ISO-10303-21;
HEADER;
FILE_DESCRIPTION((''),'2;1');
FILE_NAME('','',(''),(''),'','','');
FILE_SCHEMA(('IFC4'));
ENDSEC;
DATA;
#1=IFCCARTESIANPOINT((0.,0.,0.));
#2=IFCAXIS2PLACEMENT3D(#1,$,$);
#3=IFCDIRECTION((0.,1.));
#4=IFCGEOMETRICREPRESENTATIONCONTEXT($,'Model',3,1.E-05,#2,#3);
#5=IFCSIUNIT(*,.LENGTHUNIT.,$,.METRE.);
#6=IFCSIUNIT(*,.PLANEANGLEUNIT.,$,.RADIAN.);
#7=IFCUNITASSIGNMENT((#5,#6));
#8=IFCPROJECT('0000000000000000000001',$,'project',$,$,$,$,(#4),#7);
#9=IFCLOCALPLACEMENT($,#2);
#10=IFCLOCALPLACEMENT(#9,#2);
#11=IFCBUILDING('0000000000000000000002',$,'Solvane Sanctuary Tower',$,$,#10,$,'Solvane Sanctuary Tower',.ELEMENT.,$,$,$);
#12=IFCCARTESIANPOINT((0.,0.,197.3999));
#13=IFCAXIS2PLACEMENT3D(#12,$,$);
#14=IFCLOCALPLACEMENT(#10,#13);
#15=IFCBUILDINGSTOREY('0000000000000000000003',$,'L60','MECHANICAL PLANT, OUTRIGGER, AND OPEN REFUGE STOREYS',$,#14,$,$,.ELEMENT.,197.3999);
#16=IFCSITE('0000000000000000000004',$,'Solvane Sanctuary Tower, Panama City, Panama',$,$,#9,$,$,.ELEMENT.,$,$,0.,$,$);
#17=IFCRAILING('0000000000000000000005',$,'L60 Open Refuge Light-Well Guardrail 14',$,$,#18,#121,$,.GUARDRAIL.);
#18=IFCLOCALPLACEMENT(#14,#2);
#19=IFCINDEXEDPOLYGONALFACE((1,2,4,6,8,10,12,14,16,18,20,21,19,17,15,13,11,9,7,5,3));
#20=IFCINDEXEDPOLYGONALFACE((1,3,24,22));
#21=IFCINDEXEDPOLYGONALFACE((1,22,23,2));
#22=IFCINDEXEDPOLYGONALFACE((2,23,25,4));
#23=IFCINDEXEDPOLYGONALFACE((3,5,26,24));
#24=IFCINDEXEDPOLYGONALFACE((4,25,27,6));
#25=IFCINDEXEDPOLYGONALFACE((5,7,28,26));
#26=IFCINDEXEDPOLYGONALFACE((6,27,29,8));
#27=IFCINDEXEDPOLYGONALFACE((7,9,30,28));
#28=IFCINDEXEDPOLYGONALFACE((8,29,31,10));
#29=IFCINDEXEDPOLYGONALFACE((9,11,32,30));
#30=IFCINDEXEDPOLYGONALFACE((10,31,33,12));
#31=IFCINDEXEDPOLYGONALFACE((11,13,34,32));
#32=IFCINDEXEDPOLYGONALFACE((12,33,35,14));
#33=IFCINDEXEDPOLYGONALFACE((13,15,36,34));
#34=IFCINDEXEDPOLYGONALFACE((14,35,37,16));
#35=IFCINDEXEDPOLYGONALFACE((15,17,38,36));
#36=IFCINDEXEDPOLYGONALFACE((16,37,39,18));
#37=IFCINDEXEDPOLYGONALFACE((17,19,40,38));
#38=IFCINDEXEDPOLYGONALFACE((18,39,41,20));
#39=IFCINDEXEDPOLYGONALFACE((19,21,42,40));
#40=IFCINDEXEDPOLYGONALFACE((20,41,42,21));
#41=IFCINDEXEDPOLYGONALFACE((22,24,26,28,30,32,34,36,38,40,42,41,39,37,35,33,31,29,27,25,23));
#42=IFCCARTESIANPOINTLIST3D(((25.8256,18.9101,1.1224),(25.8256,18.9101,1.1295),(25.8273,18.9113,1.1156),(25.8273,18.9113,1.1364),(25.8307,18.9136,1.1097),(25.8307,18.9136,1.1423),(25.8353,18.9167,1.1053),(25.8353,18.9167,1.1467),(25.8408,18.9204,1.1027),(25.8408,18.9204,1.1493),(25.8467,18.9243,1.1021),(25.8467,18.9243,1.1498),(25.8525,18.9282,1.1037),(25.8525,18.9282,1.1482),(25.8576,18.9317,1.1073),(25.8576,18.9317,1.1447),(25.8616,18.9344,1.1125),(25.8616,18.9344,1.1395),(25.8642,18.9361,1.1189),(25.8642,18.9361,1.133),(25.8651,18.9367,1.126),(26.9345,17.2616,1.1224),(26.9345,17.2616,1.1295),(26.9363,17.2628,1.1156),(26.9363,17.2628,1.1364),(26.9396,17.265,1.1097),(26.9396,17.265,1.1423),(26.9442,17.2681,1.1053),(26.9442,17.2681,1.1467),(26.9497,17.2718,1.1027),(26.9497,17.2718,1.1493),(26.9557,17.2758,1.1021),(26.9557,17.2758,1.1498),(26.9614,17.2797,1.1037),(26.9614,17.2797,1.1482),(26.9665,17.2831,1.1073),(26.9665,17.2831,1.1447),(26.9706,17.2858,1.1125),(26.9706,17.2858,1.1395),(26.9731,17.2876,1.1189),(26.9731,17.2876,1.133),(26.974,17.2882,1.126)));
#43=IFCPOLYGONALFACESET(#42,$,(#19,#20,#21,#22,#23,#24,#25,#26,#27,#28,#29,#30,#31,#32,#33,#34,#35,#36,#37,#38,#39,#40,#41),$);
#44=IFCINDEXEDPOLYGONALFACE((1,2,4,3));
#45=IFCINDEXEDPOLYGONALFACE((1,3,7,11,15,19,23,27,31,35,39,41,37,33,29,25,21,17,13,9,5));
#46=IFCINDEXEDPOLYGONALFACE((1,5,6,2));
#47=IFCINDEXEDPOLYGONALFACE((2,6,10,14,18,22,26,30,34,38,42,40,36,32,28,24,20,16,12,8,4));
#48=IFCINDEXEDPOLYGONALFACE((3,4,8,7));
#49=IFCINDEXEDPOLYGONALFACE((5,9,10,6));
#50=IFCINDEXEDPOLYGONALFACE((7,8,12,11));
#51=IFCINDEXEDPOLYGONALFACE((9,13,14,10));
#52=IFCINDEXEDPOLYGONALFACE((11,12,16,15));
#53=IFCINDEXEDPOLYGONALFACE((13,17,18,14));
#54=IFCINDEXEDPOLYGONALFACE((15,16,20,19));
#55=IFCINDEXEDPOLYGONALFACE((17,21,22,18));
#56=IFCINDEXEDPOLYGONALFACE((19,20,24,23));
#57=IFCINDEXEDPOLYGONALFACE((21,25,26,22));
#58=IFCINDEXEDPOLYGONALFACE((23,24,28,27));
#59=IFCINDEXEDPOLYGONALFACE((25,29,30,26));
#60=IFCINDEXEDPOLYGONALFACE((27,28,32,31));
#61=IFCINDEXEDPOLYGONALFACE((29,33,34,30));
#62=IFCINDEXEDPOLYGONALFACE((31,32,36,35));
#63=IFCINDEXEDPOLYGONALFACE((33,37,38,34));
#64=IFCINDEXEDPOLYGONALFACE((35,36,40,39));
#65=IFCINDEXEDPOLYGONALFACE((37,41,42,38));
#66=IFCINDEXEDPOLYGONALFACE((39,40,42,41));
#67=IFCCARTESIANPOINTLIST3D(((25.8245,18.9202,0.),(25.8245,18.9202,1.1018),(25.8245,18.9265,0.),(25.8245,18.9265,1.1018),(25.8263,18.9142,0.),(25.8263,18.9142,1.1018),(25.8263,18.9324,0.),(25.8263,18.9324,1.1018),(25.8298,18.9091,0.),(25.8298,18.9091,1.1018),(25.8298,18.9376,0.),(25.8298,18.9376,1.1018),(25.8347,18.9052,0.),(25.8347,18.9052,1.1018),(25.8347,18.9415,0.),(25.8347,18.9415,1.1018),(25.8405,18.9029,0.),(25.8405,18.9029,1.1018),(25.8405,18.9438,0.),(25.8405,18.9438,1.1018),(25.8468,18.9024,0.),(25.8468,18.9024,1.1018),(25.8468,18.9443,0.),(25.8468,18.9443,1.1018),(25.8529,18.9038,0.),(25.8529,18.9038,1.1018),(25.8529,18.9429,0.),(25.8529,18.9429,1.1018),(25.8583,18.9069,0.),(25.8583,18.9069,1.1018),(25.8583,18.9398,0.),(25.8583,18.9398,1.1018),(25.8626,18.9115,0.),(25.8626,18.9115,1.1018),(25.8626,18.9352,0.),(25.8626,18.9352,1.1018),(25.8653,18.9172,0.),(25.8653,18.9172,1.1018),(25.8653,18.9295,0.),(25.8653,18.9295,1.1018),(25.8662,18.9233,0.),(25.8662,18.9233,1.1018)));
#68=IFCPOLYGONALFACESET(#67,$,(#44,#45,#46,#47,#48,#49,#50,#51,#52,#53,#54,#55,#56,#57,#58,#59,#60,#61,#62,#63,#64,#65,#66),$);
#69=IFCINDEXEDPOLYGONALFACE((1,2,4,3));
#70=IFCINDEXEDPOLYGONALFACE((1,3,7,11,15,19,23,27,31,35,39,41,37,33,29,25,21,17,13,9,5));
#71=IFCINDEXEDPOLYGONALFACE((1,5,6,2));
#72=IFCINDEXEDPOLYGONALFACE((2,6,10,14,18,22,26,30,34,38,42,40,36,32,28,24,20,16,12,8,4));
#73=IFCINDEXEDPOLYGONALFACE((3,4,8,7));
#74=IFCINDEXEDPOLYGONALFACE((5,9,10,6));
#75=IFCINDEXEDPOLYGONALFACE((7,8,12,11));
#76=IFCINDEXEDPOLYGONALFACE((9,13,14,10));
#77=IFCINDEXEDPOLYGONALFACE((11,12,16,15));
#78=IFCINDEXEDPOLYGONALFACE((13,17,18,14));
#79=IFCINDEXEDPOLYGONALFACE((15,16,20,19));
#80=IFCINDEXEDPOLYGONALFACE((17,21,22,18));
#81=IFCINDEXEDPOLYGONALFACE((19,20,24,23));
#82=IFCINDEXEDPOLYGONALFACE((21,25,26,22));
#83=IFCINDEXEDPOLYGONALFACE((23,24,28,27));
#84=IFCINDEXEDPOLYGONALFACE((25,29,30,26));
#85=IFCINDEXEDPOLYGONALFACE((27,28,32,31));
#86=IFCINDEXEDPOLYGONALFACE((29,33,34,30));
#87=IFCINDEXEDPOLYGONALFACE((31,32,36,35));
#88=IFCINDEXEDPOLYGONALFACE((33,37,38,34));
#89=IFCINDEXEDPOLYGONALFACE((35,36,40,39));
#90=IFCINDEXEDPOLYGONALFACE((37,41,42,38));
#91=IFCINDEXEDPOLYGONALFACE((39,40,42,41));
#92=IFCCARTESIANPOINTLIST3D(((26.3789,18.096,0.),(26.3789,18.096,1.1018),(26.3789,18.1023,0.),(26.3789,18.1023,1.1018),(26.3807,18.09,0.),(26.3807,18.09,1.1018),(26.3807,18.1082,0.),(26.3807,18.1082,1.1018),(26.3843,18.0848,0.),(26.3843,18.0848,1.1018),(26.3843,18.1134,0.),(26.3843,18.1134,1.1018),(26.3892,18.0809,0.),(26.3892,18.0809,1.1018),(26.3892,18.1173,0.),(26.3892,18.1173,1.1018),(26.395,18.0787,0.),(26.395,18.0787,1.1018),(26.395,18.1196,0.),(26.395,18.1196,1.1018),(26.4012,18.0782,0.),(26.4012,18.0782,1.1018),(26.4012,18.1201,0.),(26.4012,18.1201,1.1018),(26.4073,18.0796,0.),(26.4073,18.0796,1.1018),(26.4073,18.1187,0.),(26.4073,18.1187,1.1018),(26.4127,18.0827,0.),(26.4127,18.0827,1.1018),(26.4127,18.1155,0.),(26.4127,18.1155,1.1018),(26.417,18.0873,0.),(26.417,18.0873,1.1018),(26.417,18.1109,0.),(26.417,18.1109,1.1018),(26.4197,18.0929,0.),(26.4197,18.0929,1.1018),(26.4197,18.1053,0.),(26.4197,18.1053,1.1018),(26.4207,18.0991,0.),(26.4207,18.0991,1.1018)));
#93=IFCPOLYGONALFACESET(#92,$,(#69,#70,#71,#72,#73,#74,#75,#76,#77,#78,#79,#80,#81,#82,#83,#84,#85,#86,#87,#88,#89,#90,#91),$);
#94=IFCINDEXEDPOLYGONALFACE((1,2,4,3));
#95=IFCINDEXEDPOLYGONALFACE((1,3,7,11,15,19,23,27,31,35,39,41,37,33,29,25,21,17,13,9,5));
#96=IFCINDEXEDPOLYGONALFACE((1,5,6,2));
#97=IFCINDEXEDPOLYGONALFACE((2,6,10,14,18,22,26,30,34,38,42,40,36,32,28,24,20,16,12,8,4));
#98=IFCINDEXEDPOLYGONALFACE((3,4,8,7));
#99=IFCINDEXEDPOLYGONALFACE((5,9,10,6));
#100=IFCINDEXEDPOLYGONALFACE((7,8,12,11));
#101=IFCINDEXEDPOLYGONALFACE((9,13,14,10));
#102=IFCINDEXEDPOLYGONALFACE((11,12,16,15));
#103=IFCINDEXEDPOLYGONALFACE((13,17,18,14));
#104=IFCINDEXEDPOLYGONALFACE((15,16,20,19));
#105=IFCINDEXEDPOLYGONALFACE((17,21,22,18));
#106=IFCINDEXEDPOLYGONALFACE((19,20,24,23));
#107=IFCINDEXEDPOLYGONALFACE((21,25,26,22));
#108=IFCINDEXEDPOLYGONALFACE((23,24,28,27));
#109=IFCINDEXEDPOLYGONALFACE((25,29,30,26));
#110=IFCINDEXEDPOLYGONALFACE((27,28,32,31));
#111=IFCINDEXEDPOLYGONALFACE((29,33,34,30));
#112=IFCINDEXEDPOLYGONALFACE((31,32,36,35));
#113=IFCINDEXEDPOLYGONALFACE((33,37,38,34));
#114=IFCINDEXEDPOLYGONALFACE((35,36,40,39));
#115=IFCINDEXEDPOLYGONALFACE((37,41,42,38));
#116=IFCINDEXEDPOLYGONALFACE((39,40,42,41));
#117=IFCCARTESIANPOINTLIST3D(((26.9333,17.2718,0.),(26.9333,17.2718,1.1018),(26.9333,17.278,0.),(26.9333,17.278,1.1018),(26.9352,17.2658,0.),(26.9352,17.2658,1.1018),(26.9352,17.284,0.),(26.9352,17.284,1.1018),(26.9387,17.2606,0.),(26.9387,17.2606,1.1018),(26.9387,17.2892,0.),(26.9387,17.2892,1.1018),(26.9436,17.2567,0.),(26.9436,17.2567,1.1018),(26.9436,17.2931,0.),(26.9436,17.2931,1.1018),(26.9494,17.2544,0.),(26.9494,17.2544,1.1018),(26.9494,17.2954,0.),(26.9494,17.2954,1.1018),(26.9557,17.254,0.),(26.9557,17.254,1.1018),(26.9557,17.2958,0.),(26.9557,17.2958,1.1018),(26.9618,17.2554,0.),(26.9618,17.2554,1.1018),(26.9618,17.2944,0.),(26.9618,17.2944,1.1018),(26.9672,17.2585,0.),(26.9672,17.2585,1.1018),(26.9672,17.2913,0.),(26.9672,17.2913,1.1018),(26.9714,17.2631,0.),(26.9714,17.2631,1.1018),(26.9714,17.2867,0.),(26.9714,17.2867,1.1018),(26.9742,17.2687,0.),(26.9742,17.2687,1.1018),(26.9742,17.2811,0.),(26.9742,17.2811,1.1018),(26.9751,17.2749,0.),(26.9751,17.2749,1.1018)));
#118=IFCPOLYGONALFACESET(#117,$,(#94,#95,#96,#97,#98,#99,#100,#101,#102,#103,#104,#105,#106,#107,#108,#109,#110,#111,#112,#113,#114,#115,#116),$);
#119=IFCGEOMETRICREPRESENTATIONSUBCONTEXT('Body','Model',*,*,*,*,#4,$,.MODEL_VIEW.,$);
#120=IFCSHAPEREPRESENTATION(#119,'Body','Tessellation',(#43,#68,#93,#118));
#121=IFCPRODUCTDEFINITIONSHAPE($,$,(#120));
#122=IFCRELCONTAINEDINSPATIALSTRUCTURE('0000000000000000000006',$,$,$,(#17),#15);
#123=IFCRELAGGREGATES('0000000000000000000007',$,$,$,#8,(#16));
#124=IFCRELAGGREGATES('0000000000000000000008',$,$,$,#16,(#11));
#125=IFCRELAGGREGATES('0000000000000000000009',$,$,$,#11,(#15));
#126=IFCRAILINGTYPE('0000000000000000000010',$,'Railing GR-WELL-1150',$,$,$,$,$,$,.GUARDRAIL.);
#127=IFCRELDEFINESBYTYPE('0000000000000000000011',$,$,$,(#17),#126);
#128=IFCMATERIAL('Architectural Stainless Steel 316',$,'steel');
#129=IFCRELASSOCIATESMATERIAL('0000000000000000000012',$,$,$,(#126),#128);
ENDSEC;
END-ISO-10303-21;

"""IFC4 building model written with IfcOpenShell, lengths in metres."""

from ifc_helpers import new_model, si_unit, direction, frame, origin, origin_2d, place, context, subcontext, project, spatial, circle, extrude, material, type_object, element, save


model = new_model("IFC4")

# Units and contexts
model_context = context("Model", 3, precision=1e-05, world=origin(), true_north=direction((0.0, 1.0)))
body_context = subcontext(model_context, "Body", "Model", "MODEL_VIEW")
ifc_project = project(units=[si_unit("LENGTHUNIT", "METRE"), si_unit("PLANEANGLEUNIT", "RADIAN")], contexts=[model_context])

# Site, building, storey
site_placement = place(None, origin())
site = spatial("IfcSite", under=ifc_project, at=site_placement, Name="Solvane Sanctuary Tower, Panama City, Panama", CompositionType="ELEMENT", RefElevation=0.0)
building_placement = place(site_placement, origin())
building = spatial("IfcBuilding", under=site, at=building_placement, Name="Solvane Sanctuary Tower", LongName="Solvane Sanctuary Tower", CompositionType="ELEMENT")
storey_placement = place(building_placement, frame((0.0, 0.0, 197.3999)))
storey = spatial("IfcBuildingStorey", under=building, at=storey_placement, Name="L60", Description="MECHANICAL PLANT, OUTRIGGER, AND OPEN REFUGE STOREYS", CompositionType="ELEMENT", Elevation=197.3999)

# Shared definitions
ifc_material_1 = material(Name="Architectural Stainless Steel 316", Category="steel")

# Railing
railing_type_1 = type_object("IfcRailingType", Name="Railing GR-WELL-1150", PredefinedType="GUARDRAIL", material=ifc_material_1)
railing_1_placement = place(storey_placement, frame((25.8452, 18.9233, 0.0)))
element("IfcRailing", 1, at=railing_1_placement, inside=storey, type_object=railing_type_1, Name="L60 Open Refuge Light-Well Guardrail 14", PredefinedType="GUARDRAIL", context=body_context, shape_type="SweptSolid", body=[
    extrude(circle(Radius=0.0239, at=origin_2d()), frame((0.0, 0.0, 1.126), z_axis=(0.558155, -0.829737, 0.0), x_axis=(0.829737, 0.558155, 0.0)), (0.0, 0.0, 1.0), 1.9868),
    extrude(circle(Radius=0.021, at=origin_2d()), origin(), (0.0, 0.0, 1.0), 1.1018),
    extrude(circle(Radius=0.021, at=origin_2d()), frame((0.5544, -0.8242, 0.0)), (0.0, 0.0, 1.0), 1.1018),
    extrude(circle(Radius=0.021, at=origin_2d()), frame((1.1089, -1.6484, 0.0)), (0.0, 0.0, 1.0), 1.1018),
])

save(model, "model.ifc")
